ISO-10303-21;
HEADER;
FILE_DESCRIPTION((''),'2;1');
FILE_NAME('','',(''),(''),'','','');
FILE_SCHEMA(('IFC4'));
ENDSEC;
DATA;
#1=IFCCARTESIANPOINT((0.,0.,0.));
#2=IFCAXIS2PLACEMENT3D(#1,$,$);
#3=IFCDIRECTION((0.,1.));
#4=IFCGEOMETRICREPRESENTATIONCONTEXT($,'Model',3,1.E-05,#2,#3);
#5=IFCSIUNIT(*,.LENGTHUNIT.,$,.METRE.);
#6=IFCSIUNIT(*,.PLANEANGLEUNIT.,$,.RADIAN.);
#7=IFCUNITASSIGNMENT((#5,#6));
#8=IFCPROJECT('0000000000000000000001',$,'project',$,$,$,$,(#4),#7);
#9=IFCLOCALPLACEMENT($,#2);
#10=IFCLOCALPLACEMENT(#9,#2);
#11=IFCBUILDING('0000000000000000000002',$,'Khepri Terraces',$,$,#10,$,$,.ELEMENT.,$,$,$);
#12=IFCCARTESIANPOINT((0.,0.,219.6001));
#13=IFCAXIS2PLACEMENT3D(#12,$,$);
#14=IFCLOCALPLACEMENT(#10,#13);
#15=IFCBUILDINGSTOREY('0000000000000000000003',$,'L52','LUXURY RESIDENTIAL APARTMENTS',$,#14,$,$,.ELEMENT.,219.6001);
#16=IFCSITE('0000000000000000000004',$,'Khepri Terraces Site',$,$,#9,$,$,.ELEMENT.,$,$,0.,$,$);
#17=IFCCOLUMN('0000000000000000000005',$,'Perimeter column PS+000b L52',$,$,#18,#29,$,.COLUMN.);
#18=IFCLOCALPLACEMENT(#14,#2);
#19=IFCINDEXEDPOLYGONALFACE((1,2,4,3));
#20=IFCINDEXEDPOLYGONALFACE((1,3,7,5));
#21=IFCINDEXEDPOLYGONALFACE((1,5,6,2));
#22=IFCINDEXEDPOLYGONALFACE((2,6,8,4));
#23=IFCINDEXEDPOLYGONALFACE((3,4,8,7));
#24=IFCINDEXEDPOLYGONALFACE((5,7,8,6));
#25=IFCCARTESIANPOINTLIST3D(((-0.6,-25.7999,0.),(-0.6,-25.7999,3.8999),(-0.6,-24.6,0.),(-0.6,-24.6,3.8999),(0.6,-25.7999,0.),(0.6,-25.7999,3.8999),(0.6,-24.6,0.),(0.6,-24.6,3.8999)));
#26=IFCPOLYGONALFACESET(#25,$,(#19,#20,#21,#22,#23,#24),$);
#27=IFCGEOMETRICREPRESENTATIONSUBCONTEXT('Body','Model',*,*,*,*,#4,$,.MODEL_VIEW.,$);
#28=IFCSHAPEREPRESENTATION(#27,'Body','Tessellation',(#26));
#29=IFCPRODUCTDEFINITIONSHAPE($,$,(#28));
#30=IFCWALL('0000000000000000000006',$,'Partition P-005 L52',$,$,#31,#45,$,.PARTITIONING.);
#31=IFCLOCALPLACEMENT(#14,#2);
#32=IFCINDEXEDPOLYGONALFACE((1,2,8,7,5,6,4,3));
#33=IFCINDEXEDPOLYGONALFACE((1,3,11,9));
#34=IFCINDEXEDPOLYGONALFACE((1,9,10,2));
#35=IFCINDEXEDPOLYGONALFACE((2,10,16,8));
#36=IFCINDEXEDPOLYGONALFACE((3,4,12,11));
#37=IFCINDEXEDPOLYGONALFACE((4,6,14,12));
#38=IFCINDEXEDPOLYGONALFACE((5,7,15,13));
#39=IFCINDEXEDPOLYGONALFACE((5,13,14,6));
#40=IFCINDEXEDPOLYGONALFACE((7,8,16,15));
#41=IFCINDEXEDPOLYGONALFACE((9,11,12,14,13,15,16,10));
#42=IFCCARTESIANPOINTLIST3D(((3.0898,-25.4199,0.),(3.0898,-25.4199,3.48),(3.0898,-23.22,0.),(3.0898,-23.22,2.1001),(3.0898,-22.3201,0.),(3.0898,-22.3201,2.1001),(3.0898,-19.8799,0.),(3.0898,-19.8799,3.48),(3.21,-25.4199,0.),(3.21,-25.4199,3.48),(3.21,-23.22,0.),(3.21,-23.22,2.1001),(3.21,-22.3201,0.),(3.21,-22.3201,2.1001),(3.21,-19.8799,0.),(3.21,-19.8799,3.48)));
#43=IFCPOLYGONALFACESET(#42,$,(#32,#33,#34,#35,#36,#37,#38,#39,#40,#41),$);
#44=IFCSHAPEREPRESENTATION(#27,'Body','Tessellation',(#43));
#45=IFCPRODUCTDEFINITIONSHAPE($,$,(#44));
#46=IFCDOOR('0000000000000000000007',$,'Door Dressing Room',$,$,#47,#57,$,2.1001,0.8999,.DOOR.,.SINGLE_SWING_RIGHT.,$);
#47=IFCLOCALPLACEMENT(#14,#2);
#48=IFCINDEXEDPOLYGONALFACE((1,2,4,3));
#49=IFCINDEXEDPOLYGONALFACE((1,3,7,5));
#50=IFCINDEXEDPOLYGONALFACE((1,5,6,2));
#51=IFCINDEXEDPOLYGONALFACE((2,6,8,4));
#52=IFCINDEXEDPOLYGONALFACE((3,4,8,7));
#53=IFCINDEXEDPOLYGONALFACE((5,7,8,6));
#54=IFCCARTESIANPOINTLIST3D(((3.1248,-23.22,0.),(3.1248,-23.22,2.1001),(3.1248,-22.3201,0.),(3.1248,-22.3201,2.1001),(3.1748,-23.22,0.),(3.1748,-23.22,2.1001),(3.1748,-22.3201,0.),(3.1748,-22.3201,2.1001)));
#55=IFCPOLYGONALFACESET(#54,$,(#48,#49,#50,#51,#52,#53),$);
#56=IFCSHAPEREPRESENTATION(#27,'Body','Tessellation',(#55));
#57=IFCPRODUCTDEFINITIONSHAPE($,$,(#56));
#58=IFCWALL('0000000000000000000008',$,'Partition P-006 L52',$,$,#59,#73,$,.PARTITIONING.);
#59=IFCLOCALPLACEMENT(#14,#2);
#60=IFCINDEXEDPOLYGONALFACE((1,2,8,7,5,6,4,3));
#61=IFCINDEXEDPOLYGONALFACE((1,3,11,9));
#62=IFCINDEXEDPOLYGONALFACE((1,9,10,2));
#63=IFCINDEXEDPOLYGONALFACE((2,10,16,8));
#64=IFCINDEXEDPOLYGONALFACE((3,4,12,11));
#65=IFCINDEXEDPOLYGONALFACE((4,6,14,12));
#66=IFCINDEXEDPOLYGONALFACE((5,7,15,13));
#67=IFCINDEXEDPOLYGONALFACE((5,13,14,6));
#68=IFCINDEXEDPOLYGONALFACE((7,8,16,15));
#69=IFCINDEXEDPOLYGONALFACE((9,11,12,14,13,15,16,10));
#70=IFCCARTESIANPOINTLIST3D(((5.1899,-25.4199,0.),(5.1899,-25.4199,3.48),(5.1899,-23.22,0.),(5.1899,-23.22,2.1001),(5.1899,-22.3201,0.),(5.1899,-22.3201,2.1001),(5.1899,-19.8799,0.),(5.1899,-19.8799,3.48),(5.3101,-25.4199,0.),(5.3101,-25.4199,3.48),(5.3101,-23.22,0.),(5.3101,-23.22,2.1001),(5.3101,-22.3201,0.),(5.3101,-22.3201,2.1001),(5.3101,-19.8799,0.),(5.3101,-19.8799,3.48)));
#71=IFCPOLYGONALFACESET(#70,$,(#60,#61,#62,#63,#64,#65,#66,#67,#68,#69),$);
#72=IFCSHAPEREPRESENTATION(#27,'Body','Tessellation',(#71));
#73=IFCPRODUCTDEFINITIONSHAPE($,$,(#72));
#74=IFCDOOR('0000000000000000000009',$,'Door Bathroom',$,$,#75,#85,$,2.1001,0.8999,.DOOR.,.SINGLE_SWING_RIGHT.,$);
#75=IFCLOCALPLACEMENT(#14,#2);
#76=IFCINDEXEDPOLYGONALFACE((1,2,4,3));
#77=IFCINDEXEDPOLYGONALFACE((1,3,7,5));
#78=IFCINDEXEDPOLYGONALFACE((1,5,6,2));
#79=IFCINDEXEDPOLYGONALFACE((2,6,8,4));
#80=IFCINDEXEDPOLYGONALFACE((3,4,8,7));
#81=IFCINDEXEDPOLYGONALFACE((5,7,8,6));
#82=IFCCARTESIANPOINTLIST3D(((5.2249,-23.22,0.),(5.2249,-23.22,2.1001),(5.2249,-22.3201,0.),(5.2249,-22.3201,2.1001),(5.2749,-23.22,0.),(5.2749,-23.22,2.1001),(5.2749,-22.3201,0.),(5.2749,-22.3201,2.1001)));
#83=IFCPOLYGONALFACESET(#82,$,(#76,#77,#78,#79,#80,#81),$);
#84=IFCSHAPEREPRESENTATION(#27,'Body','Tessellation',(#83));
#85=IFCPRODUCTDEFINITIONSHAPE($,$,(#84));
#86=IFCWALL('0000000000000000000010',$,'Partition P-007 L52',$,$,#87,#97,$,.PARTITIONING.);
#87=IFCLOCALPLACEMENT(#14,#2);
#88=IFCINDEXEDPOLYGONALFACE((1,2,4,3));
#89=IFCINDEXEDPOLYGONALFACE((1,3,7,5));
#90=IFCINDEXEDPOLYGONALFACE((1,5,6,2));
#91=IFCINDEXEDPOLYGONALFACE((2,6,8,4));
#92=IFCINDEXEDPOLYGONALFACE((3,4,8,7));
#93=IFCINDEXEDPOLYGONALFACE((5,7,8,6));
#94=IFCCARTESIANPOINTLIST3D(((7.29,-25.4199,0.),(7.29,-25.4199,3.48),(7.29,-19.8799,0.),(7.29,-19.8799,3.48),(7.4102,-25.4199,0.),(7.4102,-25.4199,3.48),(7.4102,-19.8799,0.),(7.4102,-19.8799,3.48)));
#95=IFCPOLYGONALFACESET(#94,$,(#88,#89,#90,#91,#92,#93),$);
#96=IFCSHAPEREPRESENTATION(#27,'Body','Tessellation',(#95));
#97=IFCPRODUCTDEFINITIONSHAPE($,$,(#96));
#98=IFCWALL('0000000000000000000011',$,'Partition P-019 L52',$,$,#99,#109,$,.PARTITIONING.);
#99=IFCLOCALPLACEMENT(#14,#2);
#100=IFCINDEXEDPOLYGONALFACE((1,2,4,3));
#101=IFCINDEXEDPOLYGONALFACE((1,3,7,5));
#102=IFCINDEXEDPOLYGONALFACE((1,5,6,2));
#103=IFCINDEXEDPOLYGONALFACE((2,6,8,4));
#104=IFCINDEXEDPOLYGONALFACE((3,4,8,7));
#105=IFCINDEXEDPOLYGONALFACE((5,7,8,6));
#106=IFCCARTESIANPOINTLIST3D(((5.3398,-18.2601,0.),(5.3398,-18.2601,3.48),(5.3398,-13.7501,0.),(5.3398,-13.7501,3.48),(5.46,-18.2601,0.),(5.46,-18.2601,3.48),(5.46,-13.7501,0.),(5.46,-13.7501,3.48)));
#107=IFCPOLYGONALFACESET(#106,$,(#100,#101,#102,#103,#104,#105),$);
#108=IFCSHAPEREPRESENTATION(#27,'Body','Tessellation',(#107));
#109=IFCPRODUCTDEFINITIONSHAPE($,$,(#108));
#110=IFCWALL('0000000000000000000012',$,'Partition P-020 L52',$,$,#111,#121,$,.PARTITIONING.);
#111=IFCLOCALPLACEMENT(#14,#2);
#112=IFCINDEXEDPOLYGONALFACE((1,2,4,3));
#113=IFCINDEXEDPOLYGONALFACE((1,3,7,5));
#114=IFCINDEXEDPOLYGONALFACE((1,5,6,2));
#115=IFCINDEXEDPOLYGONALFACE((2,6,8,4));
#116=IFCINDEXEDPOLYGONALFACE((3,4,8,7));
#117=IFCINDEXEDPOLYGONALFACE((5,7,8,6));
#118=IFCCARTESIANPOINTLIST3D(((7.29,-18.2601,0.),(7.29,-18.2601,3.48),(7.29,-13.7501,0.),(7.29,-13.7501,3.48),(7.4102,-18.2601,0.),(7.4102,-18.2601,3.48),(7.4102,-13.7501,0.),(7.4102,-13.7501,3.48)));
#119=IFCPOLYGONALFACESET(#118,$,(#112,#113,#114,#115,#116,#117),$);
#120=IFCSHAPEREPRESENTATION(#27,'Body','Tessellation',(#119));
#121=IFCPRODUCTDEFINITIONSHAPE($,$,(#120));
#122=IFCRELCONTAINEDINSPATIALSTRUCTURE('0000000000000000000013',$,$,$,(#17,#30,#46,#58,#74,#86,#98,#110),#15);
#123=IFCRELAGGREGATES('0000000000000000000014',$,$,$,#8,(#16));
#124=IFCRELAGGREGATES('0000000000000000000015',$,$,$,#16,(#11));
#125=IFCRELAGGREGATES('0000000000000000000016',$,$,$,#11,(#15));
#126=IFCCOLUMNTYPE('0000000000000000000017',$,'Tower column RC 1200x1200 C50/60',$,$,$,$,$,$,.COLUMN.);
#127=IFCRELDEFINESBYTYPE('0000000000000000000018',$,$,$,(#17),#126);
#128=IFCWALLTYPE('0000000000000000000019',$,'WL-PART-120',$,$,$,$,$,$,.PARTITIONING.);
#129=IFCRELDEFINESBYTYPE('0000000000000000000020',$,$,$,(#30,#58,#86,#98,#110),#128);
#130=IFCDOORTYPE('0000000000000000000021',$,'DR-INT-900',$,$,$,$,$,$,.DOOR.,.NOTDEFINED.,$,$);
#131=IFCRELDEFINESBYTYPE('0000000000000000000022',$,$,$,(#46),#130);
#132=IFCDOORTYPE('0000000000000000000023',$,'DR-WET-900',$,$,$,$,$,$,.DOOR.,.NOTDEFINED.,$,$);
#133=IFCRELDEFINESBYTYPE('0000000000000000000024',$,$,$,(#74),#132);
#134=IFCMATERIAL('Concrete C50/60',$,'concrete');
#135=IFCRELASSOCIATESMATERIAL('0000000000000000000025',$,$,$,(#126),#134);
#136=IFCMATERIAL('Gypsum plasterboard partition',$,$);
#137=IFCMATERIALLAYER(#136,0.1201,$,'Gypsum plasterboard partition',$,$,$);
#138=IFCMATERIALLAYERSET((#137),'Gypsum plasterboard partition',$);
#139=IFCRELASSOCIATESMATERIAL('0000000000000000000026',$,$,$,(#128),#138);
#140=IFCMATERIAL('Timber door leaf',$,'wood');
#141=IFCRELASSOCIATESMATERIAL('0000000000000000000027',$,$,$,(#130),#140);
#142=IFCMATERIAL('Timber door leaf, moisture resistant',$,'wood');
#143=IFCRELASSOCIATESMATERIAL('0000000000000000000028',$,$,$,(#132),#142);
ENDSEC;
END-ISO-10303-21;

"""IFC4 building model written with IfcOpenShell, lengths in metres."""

from ifc_helpers import new_model, si_unit, direction, frame, frame_2d, origin, origin_2d, place, context, subcontext, project, spatial, rectangle, extrude, material, layer, layer_set, material_profile, profile_set, type_object, element, fill, save


model = new_model("IFC4")

# Units and contexts
model_context = context("Model", 3, precision=1e-05, world=origin(), true_north=direction((0.0, 1.0)))
body_context = subcontext(model_context, "Body", "Model", "MODEL_VIEW")
ifc_project = project(units=[si_unit("LENGTHUNIT", "METRE"), si_unit("PLANEANGLEUNIT", "RADIAN")], contexts=[model_context])

# Site, building, storey
site_placement = place(None, origin())
site = spatial("IfcSite", under=ifc_project, at=site_placement, Name="Khepri Terraces Site", CompositionType="ELEMENT", RefElevation=0.0)
building_placement = place(site_placement, origin())
building = spatial("IfcBuilding", under=site, at=building_placement, Name="Khepri Terraces", CompositionType="ELEMENT")
storey_placement = place(building_placement, frame((0.0, 0.0, 219.6001)))
storey = spatial("IfcBuildingStorey", under=building, at=storey_placement, Name="L52", Description="LUXURY RESIDENTIAL APARTMENTS", CompositionType="ELEMENT", Elevation=219.6001)

# Column
ifc_material_1 = material(Name="Concrete C50/60", Category="concrete")
ifc_material_profile = material_profile(ifc_material_1, rectangle(XDim=1.2, YDim=1.2, at=origin_2d()), Name="Concrete C50/60", Category="concrete")
ifc_profile_set = profile_set([ifc_material_profile], Name="Concrete C50/60")
column_type = type_object("IfcColumnType", Name="Tower column RC 1200x1200 C50/60", PredefinedType="COLUMN", material=ifc_profile_set)
column_placement = place(storey_placement, frame((0.0, -25.2, 0.0), z_axis=(0.0, 0.0, 1.0), x_axis=(1.0, 0.0, 0.0)))
element("IfcColumn", 1, at=column_placement, inside=storey, type_object=column_type, Name="Perimeter column PS+000b L52", PredefinedType="COLUMN", context=body_context, shape_type="SweptSolid", body=[
    extrude(rectangle(XDim=1.2, YDim=1.2, at=origin_2d()), origin(), (0.0, 0.0, 1.0), 3.8999),
])

# Walls, openings, doors
ifc_material_2 = material(Name="Gypsum plasterboard partition")
ifc_layer_1 = layer(ifc_material_2, 0.1201, Name="Gypsum plasterboard partition")
ifc_layer_set_1 = layer_set([ifc_layer_1], Name="Gypsum plasterboard partition")
wall_type_1 = type_object("IfcWallType", Name="WL-PART-120", PredefinedType="PARTITIONING", material=ifc_layer_set_1)
wall_1_placement = place(storey_placement, frame((3.1499, -25.4199, 0.0), z_axis=(0.0, 0.0, 1.0), x_axis=(0.0, 1.0, 0.0)))
wall_1 = element("IfcWall", 2, at=wall_1_placement, inside=storey, type_object=wall_type_1, Name="Partition P-005 L52", PredefinedType="PARTITIONING", context=body_context, shape_type="SweptSolid", body=[
    extrude(rectangle(XDim=5.54, YDim=0.1201, at=frame_2d((2.77, 0.0))), origin(), (0.0, 0.0, 1.0), 3.48),
])
opening_1_placement = place(wall_1_placement, frame((2.2, 0.0, 0.0)))
opening_1 = element("IfcOpeningElement", 3, at=opening_1_placement, cuts=wall_1, PredefinedType="OPENING", context=body_context, shape_type="SweptSolid", body=[
    extrude(rectangle(XDim=0.8999, YDim=2.1001, at=frame_2d((0.45, 1.05))), frame((0.0, 0.0701, 0.0), z_axis=(0.0, -1.0, 0.0), x_axis=(1.0, 0.0, 0.0)), (0.0, 0.0, 1.0), 0.1401),
])
ifc_material_3 = material(Name="Timber door leaf", Category="wood")
door_type_1 = type_object("IfcDoorType", Name="DR-INT-900", OperationType="NOTDEFINED", PredefinedType="DOOR", material=ifc_material_3)
door_1_placement = place(opening_1_placement, frame((0.8999, 0.0, 0.0), z_axis=(0.0, 0.0, 1.0), x_axis=(-1.0, 0.0, 0.0)))
door_1 = element("IfcDoor", 4, at=door_1_placement, inside=storey, type_object=door_type_1, Name="Door Dressing Room", OperationType="SINGLE_SWING_RIGHT", OverallHeight=2.1001, OverallWidth=0.8999, PredefinedType="DOOR", context=body_context, shape_type="SweptSolid", body=[
    extrude(rectangle(XDim=0.8999, YDim=2.1001, at=frame_2d((0.45, 1.05))), frame((0.0, 0.0249, 0.0), z_axis=(0.0, -1.0, 0.0), x_axis=(1.0, 0.0, 0.0)), (0.0, 0.0, 1.0), 0.05),
])
fill(opening_1, door_1)
wall_2_placement = place(storey_placement, frame((5.25, -25.4199, 0.0), z_axis=(0.0, 0.0, 1.0), x_axis=(0.0, 1.0, 0.0)))
wall_2 = element("IfcWall", 5, at=wall_2_placement, inside=storey, type_object=wall_type_1, Name="Partition P-006 L52", PredefinedType="PARTITIONING", context=body_context, shape_type="SweptSolid", body=[
    extrude(rectangle(XDim=5.54, YDim=0.1201, at=frame_2d((2.77, 0.0))), origin(), (0.0, 0.0, 1.0), 3.48),
])
opening_2_placement = place(wall_2_placement, frame((2.2, 0.0, 0.0)))
opening_2 = element("IfcOpeningElement", 6, at=opening_2_placement, cuts=wall_2, PredefinedType="OPENING", context=body_context, shape_type="SweptSolid", body=[
    extrude(rectangle(XDim=0.8999, YDim=2.1001, at=frame_2d((0.45, 1.05))), frame((0.0, 0.0701, 0.0), z_axis=(0.0, -1.0, 0.0), x_axis=(1.0, 0.0, 0.0)), (0.0, 0.0, 1.0), 0.1401),
])
ifc_material_4 = material(Name="Timber door leaf, moisture resistant", Category="wood")
door_type_2 = type_object("IfcDoorType", Name="DR-WET-900", OperationType="NOTDEFINED", PredefinedType="DOOR", material=ifc_material_4)
door_2_placement = place(opening_2_placement, frame((0.8999, 0.0, 0.0), z_axis=(0.0, 0.0, 1.0), x_axis=(-1.0, 0.0, 0.0)))
door_2 = element("IfcDoor", 7, at=door_2_placement, inside=storey, type_object=door_type_2, Name="Door Bathroom", OperationType="SINGLE_SWING_RIGHT", OverallHeight=2.1001, OverallWidth=0.8999, PredefinedType="DOOR", context=body_context, shape_type="SweptSolid", body=[
    extrude(rectangle(XDim=0.8999, YDim=2.1001, at=frame_2d((0.45, 1.05))), frame((0.0, 0.0249, 0.0), z_axis=(0.0, -1.0, 0.0), x_axis=(1.0, 0.0, 0.0)), (0.0, 0.0, 1.0), 0.05),
])
fill(opening_2, door_2)

# Walls
wall_3_placement = place(storey_placement, frame((7.3501, -25.4199, 0.0), z_axis=(0.0, 0.0, 1.0), x_axis=(0.0, 1.0, 0.0)))
element("IfcWall", 8, at=wall_3_placement, inside=storey, type_object=wall_type_1, Name="Partition P-007 L52", PredefinedType="PARTITIONING", context=body_context, shape_type="SweptSolid", body=[
    extrude(rectangle(XDim=5.54, YDim=0.1201, at=frame_2d((2.77, 0.0))), origin(), (0.0, 0.0, 1.0), 3.48),
])
for number, where, z_axis, x_axis, name in (
    (9, (5.3999, -18.26, 0.0), (0.0, 0.0, 1.0), (0.0, 1.0, 0.0), "Partition P-019 L52"),
    (10, (7.3501, -18.26, 0.0), (0.0, 0.0, 1.0), (0.0, 1.0, 0.0), "Partition P-020 L52"),
):
    element("IfcWall", number, at=place(storey_placement, frame(where, z_axis=z_axis, x_axis=x_axis)), inside=storey, type_object=wall_type_1, Name=name, PredefinedType="PARTITIONING", context=body_context, shape_type="SweptSolid", body=[
        extrude(rectangle(XDim=4.51, YDim=0.1201, at=frame_2d((2.2549, 0.0))), origin(), (0.0, 0.0, 1.0), 3.48),
    ])

save(model, "model.ifc")
